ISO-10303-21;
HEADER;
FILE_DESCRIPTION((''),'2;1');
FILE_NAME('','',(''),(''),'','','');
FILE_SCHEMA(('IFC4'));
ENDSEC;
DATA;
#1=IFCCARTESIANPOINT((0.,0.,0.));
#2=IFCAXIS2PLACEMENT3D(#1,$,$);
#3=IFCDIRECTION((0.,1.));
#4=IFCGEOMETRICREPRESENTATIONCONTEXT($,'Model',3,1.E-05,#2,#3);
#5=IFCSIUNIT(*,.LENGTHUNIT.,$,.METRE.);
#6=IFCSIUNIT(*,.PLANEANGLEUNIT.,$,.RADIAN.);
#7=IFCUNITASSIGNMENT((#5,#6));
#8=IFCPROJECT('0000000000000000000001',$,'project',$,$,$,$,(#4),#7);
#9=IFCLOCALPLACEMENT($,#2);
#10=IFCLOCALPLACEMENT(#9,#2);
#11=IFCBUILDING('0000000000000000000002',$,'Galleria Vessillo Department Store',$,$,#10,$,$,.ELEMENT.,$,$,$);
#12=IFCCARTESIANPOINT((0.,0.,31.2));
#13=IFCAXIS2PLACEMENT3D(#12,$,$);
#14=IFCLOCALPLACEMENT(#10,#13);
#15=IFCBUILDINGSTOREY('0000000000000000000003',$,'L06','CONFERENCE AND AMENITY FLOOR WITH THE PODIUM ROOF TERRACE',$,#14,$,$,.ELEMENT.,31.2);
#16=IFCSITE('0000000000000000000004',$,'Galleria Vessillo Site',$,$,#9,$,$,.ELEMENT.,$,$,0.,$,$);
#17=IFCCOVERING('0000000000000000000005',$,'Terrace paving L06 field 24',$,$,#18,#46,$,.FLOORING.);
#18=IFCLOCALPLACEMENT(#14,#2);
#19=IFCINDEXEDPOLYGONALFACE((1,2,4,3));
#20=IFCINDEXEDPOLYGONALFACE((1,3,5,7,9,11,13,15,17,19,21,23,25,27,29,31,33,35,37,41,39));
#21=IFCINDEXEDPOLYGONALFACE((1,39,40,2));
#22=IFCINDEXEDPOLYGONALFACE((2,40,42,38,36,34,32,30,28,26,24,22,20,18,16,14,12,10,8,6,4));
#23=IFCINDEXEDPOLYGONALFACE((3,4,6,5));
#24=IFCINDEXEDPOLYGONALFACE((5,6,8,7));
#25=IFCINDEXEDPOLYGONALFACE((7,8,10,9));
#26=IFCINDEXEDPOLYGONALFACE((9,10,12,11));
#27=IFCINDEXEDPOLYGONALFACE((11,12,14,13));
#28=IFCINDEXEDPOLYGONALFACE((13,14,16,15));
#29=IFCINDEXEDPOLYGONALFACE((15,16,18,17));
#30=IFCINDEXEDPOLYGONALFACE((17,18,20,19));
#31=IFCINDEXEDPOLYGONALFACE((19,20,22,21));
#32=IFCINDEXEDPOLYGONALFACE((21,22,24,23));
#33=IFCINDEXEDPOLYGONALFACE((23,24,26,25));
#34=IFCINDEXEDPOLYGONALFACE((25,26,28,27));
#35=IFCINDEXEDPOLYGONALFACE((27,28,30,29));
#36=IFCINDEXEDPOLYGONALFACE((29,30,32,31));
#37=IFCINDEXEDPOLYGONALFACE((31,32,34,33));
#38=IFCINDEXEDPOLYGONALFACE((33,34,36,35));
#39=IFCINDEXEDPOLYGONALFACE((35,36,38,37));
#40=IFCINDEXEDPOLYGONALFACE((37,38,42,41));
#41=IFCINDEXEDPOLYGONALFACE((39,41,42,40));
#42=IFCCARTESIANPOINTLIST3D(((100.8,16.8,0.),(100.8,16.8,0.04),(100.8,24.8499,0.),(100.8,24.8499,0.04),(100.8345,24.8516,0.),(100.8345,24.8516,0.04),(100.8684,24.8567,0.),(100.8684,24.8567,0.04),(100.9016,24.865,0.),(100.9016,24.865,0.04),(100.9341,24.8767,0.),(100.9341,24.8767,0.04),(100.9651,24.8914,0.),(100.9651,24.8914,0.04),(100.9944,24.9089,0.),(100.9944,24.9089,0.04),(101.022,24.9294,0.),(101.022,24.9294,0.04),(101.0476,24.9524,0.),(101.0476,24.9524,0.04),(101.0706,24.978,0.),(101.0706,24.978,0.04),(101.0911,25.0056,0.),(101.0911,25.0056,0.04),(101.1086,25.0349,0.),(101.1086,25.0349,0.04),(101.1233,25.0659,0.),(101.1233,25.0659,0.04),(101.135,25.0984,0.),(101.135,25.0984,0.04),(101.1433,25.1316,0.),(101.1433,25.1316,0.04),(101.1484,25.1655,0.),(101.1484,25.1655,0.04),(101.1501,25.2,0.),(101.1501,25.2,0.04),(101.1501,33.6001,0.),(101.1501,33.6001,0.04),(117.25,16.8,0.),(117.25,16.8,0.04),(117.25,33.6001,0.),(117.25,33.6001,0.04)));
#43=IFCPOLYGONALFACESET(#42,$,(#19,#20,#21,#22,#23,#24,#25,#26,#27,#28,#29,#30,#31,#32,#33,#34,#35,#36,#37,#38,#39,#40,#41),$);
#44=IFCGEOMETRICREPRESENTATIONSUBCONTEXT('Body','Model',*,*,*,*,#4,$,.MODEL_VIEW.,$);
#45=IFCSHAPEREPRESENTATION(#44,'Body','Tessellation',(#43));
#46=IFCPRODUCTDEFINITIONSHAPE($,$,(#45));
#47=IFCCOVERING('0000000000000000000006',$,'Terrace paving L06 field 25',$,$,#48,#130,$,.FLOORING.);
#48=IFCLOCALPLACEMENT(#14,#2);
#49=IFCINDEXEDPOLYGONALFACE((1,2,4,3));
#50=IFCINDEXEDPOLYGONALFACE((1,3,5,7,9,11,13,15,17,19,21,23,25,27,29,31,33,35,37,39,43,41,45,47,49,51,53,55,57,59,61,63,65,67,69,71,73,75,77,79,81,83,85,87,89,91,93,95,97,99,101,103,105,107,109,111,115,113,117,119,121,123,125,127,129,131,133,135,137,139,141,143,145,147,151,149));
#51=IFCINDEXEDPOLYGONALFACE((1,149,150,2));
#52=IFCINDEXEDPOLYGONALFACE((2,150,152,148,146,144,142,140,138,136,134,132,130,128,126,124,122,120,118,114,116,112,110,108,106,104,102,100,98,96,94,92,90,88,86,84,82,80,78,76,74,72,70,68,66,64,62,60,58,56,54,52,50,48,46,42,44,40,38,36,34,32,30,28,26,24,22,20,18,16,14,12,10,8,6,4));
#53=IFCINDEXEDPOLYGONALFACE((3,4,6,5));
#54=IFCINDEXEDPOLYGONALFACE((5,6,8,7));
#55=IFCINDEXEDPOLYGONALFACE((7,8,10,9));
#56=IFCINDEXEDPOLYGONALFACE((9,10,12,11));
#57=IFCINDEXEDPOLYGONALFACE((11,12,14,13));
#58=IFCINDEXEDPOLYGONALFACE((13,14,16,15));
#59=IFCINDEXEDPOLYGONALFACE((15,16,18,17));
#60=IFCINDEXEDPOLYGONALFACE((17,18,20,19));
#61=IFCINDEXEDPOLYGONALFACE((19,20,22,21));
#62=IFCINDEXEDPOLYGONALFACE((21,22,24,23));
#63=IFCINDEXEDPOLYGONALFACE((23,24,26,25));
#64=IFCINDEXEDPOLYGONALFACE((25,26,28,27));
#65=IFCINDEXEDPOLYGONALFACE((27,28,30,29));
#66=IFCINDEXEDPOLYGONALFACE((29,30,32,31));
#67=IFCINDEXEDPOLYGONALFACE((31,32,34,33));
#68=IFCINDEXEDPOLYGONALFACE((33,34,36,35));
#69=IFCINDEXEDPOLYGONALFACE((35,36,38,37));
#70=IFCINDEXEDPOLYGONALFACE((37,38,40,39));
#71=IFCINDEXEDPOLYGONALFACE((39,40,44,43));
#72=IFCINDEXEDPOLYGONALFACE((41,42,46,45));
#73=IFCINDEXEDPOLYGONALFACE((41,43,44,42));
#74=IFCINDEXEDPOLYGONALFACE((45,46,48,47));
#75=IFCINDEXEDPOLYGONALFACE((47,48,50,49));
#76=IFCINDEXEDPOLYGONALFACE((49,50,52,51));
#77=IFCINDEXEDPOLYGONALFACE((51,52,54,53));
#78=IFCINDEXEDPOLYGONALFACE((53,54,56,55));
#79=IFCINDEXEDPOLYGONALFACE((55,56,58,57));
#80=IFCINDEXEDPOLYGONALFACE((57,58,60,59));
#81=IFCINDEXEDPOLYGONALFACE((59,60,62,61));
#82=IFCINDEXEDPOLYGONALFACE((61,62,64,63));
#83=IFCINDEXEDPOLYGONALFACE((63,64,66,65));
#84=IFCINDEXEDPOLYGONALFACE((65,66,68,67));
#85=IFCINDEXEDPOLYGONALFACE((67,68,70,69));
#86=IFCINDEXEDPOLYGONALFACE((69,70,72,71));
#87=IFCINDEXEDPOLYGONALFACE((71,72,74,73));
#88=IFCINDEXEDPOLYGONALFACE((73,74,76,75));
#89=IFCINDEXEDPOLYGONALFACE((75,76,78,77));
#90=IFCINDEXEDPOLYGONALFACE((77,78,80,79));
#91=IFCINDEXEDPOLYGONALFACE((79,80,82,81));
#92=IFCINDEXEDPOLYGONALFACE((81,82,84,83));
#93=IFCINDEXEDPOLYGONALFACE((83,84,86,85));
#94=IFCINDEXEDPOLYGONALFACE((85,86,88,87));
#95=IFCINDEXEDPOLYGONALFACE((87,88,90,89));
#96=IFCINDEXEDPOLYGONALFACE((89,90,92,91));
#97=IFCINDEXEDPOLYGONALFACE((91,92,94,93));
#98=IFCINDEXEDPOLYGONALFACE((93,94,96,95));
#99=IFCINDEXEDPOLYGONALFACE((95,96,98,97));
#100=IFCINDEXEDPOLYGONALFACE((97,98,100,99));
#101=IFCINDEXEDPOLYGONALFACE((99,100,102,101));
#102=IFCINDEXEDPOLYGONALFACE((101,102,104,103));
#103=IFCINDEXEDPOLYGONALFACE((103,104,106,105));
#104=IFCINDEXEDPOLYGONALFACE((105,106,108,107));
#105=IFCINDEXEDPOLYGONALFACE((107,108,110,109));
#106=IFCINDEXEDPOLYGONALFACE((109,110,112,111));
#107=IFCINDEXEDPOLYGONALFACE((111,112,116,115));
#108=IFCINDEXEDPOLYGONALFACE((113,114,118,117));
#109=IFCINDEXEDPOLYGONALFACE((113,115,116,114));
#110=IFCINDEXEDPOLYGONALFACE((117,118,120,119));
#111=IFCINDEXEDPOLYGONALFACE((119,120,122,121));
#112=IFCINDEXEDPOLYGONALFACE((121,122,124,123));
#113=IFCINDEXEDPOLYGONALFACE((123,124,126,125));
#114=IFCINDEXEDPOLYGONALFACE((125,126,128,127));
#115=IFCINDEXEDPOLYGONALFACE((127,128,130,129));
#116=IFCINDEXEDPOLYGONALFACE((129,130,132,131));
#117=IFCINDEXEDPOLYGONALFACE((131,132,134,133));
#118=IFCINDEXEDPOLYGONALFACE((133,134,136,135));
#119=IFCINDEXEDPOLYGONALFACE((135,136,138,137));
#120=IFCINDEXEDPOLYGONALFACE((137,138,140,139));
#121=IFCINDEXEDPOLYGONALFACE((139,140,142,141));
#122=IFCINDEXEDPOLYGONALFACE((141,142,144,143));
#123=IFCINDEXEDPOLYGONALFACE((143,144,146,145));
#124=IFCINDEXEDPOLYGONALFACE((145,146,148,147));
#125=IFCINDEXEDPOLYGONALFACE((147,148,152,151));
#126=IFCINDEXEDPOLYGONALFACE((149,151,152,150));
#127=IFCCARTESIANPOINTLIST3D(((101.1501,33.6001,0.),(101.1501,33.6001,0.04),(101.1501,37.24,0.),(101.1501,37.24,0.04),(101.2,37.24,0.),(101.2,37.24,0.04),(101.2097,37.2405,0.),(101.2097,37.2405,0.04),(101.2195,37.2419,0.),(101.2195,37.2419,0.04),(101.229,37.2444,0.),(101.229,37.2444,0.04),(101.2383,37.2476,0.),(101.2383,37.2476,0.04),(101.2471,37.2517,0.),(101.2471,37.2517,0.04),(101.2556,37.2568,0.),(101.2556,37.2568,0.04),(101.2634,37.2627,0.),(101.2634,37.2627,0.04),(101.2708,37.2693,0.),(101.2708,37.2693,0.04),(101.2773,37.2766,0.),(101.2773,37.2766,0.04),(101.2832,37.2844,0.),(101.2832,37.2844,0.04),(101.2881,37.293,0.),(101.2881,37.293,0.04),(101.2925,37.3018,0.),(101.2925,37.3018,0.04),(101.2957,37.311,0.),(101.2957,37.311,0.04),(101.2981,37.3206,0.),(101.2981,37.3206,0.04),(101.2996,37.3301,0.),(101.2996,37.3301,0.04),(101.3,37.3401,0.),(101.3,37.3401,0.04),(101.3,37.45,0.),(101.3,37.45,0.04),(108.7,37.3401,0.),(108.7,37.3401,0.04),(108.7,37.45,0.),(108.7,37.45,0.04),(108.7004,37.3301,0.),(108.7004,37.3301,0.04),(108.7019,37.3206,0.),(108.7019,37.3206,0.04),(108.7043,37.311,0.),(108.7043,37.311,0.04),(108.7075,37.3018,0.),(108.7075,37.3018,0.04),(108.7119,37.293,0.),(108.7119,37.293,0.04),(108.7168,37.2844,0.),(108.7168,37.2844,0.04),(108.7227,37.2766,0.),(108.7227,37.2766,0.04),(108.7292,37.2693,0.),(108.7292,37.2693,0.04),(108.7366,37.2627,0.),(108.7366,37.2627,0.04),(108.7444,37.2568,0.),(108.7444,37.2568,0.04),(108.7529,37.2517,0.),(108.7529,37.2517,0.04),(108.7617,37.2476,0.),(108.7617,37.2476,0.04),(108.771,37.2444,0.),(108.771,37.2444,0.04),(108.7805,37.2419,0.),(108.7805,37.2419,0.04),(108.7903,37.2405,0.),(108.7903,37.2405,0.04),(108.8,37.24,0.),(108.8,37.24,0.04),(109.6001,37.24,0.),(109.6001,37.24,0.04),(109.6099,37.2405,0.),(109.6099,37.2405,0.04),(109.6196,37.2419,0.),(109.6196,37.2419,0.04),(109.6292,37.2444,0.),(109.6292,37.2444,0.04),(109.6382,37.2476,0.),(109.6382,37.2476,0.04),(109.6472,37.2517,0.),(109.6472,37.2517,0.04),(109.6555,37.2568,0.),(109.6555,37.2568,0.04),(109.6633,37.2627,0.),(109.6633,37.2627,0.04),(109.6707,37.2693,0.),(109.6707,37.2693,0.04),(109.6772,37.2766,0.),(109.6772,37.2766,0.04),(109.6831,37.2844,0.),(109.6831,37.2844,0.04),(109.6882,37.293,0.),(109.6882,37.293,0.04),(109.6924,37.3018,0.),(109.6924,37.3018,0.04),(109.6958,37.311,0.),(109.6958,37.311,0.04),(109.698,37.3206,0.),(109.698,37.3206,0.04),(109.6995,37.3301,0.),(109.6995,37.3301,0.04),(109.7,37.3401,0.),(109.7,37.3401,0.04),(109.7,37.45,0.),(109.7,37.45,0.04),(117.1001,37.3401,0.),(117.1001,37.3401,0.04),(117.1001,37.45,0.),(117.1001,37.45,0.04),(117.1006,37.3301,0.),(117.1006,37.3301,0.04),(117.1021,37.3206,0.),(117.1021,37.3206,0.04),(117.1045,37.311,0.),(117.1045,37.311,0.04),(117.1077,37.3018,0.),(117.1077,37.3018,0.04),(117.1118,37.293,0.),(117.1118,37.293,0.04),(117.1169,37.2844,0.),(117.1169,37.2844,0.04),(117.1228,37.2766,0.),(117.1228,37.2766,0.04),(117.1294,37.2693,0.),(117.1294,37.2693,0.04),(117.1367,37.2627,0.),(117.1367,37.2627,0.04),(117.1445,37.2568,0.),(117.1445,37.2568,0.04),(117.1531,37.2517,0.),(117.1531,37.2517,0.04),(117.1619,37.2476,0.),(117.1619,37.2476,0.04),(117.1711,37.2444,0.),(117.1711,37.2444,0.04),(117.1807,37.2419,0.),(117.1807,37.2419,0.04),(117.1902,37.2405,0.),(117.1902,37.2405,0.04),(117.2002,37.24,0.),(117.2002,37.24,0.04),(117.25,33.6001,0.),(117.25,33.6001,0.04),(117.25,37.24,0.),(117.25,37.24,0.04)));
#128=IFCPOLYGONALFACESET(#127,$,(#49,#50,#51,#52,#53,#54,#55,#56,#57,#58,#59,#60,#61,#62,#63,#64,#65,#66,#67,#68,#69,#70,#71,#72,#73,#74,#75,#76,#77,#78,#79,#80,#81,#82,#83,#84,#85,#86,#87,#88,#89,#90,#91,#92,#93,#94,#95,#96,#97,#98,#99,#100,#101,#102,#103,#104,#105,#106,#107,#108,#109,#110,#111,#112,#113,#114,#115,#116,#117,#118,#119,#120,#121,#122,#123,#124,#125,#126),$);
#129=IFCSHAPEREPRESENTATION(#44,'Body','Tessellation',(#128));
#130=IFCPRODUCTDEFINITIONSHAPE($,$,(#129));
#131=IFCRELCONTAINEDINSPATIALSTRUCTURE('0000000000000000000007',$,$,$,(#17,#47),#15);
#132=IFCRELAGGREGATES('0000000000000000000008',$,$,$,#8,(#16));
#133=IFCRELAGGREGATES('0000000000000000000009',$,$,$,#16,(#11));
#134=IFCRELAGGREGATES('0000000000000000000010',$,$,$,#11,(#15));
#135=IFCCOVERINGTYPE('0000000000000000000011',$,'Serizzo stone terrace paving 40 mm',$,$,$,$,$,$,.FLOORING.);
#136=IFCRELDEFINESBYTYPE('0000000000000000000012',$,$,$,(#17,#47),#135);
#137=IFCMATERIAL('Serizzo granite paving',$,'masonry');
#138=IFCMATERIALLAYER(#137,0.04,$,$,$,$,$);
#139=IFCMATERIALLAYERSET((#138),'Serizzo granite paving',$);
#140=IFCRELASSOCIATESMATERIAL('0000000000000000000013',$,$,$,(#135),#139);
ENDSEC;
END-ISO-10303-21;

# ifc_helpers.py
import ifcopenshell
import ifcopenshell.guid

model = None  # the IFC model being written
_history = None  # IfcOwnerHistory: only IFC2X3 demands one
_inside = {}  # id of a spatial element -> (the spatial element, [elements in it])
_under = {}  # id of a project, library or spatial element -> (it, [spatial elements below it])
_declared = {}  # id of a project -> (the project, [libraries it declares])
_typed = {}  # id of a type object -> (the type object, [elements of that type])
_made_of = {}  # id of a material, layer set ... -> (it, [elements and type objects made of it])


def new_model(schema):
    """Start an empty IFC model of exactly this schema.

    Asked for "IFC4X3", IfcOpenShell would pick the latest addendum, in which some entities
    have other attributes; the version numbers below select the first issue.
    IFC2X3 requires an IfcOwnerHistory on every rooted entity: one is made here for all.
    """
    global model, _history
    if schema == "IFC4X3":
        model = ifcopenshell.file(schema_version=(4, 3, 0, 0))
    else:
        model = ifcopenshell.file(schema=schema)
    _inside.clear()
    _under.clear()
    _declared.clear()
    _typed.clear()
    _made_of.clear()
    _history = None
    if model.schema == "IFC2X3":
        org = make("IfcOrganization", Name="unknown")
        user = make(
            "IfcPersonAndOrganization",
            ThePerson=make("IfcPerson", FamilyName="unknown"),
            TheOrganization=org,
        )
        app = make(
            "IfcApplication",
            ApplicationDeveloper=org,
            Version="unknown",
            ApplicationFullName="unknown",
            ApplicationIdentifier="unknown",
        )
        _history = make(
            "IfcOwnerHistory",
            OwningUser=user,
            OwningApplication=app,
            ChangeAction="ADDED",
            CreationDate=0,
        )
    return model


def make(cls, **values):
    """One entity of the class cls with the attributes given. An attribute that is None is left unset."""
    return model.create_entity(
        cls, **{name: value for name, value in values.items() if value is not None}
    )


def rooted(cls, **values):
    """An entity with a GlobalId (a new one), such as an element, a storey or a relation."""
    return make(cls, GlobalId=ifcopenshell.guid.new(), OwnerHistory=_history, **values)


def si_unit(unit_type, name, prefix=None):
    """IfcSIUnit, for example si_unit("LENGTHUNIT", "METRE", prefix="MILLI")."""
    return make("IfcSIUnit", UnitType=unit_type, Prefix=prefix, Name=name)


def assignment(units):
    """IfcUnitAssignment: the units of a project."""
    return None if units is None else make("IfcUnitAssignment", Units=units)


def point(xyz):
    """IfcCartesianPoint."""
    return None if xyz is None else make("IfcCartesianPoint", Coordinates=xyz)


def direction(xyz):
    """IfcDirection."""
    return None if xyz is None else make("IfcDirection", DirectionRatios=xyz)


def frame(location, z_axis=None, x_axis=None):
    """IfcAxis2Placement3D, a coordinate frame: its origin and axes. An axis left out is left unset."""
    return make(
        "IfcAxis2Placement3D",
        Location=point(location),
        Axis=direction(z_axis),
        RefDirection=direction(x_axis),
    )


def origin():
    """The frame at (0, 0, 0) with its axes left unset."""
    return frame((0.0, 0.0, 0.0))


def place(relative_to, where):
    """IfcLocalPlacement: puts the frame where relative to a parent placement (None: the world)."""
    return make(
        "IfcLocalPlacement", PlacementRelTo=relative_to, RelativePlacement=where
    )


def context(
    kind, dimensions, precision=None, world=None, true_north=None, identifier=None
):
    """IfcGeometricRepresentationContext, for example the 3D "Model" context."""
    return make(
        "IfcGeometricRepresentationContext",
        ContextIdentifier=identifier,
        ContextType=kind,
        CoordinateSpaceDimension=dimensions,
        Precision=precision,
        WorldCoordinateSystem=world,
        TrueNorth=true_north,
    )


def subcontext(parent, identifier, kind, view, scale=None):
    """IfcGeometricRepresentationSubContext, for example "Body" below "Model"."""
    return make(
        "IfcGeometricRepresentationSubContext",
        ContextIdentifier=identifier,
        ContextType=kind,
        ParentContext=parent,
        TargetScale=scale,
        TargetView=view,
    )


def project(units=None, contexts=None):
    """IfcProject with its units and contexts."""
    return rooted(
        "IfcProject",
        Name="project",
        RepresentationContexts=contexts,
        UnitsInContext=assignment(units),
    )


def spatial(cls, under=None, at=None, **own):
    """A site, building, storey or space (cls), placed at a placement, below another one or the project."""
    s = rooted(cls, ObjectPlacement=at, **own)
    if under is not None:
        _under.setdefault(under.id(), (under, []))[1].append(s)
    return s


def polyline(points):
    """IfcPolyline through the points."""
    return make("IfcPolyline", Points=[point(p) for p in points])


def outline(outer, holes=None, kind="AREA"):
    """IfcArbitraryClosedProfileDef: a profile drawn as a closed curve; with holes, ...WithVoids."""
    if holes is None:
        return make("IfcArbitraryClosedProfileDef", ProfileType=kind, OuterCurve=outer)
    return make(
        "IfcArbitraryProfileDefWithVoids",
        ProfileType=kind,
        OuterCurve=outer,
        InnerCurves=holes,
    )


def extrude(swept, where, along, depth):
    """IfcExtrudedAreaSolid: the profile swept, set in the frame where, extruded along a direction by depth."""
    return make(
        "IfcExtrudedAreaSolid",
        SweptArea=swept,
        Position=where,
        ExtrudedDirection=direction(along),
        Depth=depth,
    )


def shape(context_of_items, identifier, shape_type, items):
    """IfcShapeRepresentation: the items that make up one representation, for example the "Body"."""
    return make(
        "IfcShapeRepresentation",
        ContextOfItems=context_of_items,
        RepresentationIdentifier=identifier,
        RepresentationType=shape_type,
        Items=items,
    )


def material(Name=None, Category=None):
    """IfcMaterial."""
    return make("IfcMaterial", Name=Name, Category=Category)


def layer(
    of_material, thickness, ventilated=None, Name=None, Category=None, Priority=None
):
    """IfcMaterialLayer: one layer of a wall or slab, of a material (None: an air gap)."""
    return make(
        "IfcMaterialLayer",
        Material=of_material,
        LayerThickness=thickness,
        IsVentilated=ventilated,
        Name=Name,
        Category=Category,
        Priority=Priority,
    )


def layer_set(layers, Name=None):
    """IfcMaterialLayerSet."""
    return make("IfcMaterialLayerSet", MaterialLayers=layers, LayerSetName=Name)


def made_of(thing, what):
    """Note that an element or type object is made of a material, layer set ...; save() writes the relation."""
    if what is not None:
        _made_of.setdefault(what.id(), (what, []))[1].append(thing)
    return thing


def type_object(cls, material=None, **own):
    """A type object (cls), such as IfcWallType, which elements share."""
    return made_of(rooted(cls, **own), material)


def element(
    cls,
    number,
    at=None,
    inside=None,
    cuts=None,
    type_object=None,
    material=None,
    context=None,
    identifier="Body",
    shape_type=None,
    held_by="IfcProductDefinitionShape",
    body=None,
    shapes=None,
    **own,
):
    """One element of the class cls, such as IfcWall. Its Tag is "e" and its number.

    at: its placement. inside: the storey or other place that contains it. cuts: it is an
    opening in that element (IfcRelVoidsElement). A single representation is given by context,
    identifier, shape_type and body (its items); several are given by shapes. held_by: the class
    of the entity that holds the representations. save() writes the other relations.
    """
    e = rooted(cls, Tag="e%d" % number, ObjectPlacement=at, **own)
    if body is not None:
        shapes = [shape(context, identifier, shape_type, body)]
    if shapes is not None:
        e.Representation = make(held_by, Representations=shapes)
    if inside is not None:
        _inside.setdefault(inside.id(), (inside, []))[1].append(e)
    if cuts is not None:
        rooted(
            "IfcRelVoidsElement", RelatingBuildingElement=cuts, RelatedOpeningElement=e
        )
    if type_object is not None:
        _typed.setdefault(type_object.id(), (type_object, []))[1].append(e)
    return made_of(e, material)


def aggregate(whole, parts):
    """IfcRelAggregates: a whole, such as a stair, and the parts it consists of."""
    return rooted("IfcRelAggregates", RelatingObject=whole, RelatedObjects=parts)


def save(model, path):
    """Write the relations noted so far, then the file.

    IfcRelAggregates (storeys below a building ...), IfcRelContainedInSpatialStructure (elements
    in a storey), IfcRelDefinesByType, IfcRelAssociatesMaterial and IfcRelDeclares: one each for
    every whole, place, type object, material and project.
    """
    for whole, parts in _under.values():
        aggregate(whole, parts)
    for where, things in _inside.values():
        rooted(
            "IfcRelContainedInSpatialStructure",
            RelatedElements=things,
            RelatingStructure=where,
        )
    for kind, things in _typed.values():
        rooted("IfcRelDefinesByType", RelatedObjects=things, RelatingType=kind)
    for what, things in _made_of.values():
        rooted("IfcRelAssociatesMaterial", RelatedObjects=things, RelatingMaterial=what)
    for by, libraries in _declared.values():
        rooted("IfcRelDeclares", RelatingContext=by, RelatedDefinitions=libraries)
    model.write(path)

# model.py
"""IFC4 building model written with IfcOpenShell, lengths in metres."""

from ifc_helpers import new_model, si_unit, direction, frame, origin, place, context, subcontext, project, spatial, polyline, outline, extrude, material, layer, layer_set, type_object, element, save


model = new_model("IFC4")

# Units and contexts
model_context = context("Model", 3, precision=1e-05, world=origin(), true_north=direction((0.0, 1.0)))
body_context = subcontext(model_context, "Body", "Model", "MODEL_VIEW")
ifc_project = project(units=[si_unit("LENGTHUNIT", "METRE"), si_unit("PLANEANGLEUNIT", "RADIAN")], contexts=[model_context])

# Site, building, storey
site_placement = place(None, origin())
site = spatial("IfcSite", under=ifc_project, at=site_placement, Name="Galleria Vessillo Site", CompositionType="ELEMENT", RefElevation=0.0)
building_placement = place(site_placement, origin())
building = spatial("IfcBuilding", under=site, at=building_placement, Name="Galleria Vessillo Department Store", CompositionType="ELEMENT")
storey_placement = place(building_placement, frame((0.0, 0.0, 31.2)))
storey = spatial("IfcBuildingStorey", under=building, at=storey_placement, Name="L06", Description="CONFERENCE AND AMENITY FLOOR WITH THE PODIUM ROOF TERRACE", CompositionType="ELEMENT", Elevation=31.2)

# Coverings
ifc_material_1 = material(Name="Serizzo granite paving", Category="masonry")
ifc_layer_1 = layer(ifc_material_1, 0.04)
ifc_layer_set_1 = layer_set([ifc_layer_1], Name="Serizzo granite paving")
covering_type = type_object("IfcCoveringType", Name="Serizzo stone terrace paving 40 mm", PredefinedType="FLOORING", material=ifc_layer_set_1)
covering_1_placement = place(storey_placement, origin())
element("IfcCovering", 1, at=covering_1_placement, inside=storey, type_object=covering_type, Name="Terrace paving L06 field 24", PredefinedType="FLOORING", context=body_context, shape_type="SweptSolid", body=[
    extrude(outline(polyline([(100.8, 24.8499), (100.8345, 24.8516), (100.8684, 24.8567), (100.9016, 24.865), (100.9341, 24.8767), (100.9651, 24.8914), (100.9944, 24.9089), (101.022, 24.9294), (101.0476, 24.9524), (101.0706, 24.978), (101.0911, 25.0056), (101.1086, 25.0349), (101.1233, 25.0659), (101.135, 25.0984), (101.1433, 25.1316), (101.1484, 25.1655), (101.1501, 25.2), (101.1501, 33.6001), (117.25, 33.6001), (117.25, 16.8), (100.8, 16.8), (100.8, 24.8499), (100.8, 24.8499)])), origin(), (0.0, 0.0, 1.0), 0.04),
])
covering_2_placement = place(storey_placement, origin())
element("IfcCovering", 2, at=covering_2_placement, inside=storey, type_object=covering_type, Name="Terrace paving L06 field 25", PredefinedType="FLOORING", context=body_context, shape_type="SweptSolid", body=[
    extrude(outline(polyline([(101.1501, 37.24), (101.2, 37.24), (101.2097, 37.2405), (101.2195, 37.2419), (101.229, 37.2444), (101.2383, 37.2476), (101.2471, 37.2517), (101.2556, 37.2568), (101.2634, 37.2627), (101.2708, 37.2693), (101.2773, 37.2766), (101.2832, 37.2844), (101.2881, 37.293), (101.2925, 37.3018), (101.2957, 37.311), (101.2981, 37.3206), (101.2996, 37.3301), (101.3, 37.3401), (101.3, 37.45), (108.7, 37.45), (108.7, 37.3401), (108.7004, 37.3301), (108.7019, 37.3206), (108.7043, 37.311), (108.7075, 37.3018), (108.7119, 37.293), (108.7168, 37.2844), (108.7227, 37.2766), (108.7292, 37.2693), (108.7366, 37.2627), (108.7444, 37.2568), (108.7529, 37.2517), (108.7617, 37.2476), (108.771, 37.2444), (108.7805, 37.2419), (108.7903, 37.2405), (108.8, 37.24), (109.6001, 37.24), (109.6099, 37.2405), (109.6196, 37.2419), (109.6292, 37.2444), (109.6382, 37.2476), (109.6472, 37.2517), (109.6555, 37.2568), (109.6633, 37.2627), (109.6707, 37.2693), (109.6772, 37.2766), (109.6831, 37.2844), (109.6882, 37.293), (109.6924, 37.3018), (109.6958, 37.311), (109.698, 37.3206), (109.6995, 37.3301), (109.7, 37.3401), (109.7, 37.45), (117.1001, 37.45), (117.1001, 37.3401), (117.1006, 37.3301), (117.1021, 37.3206), (117.1045, 37.311), (117.1077, 37.3018), (117.1118, 37.293), (117.1169, 37.2844), (117.1228, 37.2766), (117.1294, 37.2693), (117.1367, 37.2627), (117.1445, 37.2568), (117.1531, 37.2517), (117.1619, 37.2476), (117.1711, 37.2444), (117.1807, 37.2419), (117.1902, 37.2405), (117.2002, 37.24), (117.25, 37.24), (117.25, 33.6001), (101.1501, 33.6001), (101.1501, 37.24)])), origin(), (0.0, 0.0, 1.0), 0.04),
])

save(model, "model.ifc")
